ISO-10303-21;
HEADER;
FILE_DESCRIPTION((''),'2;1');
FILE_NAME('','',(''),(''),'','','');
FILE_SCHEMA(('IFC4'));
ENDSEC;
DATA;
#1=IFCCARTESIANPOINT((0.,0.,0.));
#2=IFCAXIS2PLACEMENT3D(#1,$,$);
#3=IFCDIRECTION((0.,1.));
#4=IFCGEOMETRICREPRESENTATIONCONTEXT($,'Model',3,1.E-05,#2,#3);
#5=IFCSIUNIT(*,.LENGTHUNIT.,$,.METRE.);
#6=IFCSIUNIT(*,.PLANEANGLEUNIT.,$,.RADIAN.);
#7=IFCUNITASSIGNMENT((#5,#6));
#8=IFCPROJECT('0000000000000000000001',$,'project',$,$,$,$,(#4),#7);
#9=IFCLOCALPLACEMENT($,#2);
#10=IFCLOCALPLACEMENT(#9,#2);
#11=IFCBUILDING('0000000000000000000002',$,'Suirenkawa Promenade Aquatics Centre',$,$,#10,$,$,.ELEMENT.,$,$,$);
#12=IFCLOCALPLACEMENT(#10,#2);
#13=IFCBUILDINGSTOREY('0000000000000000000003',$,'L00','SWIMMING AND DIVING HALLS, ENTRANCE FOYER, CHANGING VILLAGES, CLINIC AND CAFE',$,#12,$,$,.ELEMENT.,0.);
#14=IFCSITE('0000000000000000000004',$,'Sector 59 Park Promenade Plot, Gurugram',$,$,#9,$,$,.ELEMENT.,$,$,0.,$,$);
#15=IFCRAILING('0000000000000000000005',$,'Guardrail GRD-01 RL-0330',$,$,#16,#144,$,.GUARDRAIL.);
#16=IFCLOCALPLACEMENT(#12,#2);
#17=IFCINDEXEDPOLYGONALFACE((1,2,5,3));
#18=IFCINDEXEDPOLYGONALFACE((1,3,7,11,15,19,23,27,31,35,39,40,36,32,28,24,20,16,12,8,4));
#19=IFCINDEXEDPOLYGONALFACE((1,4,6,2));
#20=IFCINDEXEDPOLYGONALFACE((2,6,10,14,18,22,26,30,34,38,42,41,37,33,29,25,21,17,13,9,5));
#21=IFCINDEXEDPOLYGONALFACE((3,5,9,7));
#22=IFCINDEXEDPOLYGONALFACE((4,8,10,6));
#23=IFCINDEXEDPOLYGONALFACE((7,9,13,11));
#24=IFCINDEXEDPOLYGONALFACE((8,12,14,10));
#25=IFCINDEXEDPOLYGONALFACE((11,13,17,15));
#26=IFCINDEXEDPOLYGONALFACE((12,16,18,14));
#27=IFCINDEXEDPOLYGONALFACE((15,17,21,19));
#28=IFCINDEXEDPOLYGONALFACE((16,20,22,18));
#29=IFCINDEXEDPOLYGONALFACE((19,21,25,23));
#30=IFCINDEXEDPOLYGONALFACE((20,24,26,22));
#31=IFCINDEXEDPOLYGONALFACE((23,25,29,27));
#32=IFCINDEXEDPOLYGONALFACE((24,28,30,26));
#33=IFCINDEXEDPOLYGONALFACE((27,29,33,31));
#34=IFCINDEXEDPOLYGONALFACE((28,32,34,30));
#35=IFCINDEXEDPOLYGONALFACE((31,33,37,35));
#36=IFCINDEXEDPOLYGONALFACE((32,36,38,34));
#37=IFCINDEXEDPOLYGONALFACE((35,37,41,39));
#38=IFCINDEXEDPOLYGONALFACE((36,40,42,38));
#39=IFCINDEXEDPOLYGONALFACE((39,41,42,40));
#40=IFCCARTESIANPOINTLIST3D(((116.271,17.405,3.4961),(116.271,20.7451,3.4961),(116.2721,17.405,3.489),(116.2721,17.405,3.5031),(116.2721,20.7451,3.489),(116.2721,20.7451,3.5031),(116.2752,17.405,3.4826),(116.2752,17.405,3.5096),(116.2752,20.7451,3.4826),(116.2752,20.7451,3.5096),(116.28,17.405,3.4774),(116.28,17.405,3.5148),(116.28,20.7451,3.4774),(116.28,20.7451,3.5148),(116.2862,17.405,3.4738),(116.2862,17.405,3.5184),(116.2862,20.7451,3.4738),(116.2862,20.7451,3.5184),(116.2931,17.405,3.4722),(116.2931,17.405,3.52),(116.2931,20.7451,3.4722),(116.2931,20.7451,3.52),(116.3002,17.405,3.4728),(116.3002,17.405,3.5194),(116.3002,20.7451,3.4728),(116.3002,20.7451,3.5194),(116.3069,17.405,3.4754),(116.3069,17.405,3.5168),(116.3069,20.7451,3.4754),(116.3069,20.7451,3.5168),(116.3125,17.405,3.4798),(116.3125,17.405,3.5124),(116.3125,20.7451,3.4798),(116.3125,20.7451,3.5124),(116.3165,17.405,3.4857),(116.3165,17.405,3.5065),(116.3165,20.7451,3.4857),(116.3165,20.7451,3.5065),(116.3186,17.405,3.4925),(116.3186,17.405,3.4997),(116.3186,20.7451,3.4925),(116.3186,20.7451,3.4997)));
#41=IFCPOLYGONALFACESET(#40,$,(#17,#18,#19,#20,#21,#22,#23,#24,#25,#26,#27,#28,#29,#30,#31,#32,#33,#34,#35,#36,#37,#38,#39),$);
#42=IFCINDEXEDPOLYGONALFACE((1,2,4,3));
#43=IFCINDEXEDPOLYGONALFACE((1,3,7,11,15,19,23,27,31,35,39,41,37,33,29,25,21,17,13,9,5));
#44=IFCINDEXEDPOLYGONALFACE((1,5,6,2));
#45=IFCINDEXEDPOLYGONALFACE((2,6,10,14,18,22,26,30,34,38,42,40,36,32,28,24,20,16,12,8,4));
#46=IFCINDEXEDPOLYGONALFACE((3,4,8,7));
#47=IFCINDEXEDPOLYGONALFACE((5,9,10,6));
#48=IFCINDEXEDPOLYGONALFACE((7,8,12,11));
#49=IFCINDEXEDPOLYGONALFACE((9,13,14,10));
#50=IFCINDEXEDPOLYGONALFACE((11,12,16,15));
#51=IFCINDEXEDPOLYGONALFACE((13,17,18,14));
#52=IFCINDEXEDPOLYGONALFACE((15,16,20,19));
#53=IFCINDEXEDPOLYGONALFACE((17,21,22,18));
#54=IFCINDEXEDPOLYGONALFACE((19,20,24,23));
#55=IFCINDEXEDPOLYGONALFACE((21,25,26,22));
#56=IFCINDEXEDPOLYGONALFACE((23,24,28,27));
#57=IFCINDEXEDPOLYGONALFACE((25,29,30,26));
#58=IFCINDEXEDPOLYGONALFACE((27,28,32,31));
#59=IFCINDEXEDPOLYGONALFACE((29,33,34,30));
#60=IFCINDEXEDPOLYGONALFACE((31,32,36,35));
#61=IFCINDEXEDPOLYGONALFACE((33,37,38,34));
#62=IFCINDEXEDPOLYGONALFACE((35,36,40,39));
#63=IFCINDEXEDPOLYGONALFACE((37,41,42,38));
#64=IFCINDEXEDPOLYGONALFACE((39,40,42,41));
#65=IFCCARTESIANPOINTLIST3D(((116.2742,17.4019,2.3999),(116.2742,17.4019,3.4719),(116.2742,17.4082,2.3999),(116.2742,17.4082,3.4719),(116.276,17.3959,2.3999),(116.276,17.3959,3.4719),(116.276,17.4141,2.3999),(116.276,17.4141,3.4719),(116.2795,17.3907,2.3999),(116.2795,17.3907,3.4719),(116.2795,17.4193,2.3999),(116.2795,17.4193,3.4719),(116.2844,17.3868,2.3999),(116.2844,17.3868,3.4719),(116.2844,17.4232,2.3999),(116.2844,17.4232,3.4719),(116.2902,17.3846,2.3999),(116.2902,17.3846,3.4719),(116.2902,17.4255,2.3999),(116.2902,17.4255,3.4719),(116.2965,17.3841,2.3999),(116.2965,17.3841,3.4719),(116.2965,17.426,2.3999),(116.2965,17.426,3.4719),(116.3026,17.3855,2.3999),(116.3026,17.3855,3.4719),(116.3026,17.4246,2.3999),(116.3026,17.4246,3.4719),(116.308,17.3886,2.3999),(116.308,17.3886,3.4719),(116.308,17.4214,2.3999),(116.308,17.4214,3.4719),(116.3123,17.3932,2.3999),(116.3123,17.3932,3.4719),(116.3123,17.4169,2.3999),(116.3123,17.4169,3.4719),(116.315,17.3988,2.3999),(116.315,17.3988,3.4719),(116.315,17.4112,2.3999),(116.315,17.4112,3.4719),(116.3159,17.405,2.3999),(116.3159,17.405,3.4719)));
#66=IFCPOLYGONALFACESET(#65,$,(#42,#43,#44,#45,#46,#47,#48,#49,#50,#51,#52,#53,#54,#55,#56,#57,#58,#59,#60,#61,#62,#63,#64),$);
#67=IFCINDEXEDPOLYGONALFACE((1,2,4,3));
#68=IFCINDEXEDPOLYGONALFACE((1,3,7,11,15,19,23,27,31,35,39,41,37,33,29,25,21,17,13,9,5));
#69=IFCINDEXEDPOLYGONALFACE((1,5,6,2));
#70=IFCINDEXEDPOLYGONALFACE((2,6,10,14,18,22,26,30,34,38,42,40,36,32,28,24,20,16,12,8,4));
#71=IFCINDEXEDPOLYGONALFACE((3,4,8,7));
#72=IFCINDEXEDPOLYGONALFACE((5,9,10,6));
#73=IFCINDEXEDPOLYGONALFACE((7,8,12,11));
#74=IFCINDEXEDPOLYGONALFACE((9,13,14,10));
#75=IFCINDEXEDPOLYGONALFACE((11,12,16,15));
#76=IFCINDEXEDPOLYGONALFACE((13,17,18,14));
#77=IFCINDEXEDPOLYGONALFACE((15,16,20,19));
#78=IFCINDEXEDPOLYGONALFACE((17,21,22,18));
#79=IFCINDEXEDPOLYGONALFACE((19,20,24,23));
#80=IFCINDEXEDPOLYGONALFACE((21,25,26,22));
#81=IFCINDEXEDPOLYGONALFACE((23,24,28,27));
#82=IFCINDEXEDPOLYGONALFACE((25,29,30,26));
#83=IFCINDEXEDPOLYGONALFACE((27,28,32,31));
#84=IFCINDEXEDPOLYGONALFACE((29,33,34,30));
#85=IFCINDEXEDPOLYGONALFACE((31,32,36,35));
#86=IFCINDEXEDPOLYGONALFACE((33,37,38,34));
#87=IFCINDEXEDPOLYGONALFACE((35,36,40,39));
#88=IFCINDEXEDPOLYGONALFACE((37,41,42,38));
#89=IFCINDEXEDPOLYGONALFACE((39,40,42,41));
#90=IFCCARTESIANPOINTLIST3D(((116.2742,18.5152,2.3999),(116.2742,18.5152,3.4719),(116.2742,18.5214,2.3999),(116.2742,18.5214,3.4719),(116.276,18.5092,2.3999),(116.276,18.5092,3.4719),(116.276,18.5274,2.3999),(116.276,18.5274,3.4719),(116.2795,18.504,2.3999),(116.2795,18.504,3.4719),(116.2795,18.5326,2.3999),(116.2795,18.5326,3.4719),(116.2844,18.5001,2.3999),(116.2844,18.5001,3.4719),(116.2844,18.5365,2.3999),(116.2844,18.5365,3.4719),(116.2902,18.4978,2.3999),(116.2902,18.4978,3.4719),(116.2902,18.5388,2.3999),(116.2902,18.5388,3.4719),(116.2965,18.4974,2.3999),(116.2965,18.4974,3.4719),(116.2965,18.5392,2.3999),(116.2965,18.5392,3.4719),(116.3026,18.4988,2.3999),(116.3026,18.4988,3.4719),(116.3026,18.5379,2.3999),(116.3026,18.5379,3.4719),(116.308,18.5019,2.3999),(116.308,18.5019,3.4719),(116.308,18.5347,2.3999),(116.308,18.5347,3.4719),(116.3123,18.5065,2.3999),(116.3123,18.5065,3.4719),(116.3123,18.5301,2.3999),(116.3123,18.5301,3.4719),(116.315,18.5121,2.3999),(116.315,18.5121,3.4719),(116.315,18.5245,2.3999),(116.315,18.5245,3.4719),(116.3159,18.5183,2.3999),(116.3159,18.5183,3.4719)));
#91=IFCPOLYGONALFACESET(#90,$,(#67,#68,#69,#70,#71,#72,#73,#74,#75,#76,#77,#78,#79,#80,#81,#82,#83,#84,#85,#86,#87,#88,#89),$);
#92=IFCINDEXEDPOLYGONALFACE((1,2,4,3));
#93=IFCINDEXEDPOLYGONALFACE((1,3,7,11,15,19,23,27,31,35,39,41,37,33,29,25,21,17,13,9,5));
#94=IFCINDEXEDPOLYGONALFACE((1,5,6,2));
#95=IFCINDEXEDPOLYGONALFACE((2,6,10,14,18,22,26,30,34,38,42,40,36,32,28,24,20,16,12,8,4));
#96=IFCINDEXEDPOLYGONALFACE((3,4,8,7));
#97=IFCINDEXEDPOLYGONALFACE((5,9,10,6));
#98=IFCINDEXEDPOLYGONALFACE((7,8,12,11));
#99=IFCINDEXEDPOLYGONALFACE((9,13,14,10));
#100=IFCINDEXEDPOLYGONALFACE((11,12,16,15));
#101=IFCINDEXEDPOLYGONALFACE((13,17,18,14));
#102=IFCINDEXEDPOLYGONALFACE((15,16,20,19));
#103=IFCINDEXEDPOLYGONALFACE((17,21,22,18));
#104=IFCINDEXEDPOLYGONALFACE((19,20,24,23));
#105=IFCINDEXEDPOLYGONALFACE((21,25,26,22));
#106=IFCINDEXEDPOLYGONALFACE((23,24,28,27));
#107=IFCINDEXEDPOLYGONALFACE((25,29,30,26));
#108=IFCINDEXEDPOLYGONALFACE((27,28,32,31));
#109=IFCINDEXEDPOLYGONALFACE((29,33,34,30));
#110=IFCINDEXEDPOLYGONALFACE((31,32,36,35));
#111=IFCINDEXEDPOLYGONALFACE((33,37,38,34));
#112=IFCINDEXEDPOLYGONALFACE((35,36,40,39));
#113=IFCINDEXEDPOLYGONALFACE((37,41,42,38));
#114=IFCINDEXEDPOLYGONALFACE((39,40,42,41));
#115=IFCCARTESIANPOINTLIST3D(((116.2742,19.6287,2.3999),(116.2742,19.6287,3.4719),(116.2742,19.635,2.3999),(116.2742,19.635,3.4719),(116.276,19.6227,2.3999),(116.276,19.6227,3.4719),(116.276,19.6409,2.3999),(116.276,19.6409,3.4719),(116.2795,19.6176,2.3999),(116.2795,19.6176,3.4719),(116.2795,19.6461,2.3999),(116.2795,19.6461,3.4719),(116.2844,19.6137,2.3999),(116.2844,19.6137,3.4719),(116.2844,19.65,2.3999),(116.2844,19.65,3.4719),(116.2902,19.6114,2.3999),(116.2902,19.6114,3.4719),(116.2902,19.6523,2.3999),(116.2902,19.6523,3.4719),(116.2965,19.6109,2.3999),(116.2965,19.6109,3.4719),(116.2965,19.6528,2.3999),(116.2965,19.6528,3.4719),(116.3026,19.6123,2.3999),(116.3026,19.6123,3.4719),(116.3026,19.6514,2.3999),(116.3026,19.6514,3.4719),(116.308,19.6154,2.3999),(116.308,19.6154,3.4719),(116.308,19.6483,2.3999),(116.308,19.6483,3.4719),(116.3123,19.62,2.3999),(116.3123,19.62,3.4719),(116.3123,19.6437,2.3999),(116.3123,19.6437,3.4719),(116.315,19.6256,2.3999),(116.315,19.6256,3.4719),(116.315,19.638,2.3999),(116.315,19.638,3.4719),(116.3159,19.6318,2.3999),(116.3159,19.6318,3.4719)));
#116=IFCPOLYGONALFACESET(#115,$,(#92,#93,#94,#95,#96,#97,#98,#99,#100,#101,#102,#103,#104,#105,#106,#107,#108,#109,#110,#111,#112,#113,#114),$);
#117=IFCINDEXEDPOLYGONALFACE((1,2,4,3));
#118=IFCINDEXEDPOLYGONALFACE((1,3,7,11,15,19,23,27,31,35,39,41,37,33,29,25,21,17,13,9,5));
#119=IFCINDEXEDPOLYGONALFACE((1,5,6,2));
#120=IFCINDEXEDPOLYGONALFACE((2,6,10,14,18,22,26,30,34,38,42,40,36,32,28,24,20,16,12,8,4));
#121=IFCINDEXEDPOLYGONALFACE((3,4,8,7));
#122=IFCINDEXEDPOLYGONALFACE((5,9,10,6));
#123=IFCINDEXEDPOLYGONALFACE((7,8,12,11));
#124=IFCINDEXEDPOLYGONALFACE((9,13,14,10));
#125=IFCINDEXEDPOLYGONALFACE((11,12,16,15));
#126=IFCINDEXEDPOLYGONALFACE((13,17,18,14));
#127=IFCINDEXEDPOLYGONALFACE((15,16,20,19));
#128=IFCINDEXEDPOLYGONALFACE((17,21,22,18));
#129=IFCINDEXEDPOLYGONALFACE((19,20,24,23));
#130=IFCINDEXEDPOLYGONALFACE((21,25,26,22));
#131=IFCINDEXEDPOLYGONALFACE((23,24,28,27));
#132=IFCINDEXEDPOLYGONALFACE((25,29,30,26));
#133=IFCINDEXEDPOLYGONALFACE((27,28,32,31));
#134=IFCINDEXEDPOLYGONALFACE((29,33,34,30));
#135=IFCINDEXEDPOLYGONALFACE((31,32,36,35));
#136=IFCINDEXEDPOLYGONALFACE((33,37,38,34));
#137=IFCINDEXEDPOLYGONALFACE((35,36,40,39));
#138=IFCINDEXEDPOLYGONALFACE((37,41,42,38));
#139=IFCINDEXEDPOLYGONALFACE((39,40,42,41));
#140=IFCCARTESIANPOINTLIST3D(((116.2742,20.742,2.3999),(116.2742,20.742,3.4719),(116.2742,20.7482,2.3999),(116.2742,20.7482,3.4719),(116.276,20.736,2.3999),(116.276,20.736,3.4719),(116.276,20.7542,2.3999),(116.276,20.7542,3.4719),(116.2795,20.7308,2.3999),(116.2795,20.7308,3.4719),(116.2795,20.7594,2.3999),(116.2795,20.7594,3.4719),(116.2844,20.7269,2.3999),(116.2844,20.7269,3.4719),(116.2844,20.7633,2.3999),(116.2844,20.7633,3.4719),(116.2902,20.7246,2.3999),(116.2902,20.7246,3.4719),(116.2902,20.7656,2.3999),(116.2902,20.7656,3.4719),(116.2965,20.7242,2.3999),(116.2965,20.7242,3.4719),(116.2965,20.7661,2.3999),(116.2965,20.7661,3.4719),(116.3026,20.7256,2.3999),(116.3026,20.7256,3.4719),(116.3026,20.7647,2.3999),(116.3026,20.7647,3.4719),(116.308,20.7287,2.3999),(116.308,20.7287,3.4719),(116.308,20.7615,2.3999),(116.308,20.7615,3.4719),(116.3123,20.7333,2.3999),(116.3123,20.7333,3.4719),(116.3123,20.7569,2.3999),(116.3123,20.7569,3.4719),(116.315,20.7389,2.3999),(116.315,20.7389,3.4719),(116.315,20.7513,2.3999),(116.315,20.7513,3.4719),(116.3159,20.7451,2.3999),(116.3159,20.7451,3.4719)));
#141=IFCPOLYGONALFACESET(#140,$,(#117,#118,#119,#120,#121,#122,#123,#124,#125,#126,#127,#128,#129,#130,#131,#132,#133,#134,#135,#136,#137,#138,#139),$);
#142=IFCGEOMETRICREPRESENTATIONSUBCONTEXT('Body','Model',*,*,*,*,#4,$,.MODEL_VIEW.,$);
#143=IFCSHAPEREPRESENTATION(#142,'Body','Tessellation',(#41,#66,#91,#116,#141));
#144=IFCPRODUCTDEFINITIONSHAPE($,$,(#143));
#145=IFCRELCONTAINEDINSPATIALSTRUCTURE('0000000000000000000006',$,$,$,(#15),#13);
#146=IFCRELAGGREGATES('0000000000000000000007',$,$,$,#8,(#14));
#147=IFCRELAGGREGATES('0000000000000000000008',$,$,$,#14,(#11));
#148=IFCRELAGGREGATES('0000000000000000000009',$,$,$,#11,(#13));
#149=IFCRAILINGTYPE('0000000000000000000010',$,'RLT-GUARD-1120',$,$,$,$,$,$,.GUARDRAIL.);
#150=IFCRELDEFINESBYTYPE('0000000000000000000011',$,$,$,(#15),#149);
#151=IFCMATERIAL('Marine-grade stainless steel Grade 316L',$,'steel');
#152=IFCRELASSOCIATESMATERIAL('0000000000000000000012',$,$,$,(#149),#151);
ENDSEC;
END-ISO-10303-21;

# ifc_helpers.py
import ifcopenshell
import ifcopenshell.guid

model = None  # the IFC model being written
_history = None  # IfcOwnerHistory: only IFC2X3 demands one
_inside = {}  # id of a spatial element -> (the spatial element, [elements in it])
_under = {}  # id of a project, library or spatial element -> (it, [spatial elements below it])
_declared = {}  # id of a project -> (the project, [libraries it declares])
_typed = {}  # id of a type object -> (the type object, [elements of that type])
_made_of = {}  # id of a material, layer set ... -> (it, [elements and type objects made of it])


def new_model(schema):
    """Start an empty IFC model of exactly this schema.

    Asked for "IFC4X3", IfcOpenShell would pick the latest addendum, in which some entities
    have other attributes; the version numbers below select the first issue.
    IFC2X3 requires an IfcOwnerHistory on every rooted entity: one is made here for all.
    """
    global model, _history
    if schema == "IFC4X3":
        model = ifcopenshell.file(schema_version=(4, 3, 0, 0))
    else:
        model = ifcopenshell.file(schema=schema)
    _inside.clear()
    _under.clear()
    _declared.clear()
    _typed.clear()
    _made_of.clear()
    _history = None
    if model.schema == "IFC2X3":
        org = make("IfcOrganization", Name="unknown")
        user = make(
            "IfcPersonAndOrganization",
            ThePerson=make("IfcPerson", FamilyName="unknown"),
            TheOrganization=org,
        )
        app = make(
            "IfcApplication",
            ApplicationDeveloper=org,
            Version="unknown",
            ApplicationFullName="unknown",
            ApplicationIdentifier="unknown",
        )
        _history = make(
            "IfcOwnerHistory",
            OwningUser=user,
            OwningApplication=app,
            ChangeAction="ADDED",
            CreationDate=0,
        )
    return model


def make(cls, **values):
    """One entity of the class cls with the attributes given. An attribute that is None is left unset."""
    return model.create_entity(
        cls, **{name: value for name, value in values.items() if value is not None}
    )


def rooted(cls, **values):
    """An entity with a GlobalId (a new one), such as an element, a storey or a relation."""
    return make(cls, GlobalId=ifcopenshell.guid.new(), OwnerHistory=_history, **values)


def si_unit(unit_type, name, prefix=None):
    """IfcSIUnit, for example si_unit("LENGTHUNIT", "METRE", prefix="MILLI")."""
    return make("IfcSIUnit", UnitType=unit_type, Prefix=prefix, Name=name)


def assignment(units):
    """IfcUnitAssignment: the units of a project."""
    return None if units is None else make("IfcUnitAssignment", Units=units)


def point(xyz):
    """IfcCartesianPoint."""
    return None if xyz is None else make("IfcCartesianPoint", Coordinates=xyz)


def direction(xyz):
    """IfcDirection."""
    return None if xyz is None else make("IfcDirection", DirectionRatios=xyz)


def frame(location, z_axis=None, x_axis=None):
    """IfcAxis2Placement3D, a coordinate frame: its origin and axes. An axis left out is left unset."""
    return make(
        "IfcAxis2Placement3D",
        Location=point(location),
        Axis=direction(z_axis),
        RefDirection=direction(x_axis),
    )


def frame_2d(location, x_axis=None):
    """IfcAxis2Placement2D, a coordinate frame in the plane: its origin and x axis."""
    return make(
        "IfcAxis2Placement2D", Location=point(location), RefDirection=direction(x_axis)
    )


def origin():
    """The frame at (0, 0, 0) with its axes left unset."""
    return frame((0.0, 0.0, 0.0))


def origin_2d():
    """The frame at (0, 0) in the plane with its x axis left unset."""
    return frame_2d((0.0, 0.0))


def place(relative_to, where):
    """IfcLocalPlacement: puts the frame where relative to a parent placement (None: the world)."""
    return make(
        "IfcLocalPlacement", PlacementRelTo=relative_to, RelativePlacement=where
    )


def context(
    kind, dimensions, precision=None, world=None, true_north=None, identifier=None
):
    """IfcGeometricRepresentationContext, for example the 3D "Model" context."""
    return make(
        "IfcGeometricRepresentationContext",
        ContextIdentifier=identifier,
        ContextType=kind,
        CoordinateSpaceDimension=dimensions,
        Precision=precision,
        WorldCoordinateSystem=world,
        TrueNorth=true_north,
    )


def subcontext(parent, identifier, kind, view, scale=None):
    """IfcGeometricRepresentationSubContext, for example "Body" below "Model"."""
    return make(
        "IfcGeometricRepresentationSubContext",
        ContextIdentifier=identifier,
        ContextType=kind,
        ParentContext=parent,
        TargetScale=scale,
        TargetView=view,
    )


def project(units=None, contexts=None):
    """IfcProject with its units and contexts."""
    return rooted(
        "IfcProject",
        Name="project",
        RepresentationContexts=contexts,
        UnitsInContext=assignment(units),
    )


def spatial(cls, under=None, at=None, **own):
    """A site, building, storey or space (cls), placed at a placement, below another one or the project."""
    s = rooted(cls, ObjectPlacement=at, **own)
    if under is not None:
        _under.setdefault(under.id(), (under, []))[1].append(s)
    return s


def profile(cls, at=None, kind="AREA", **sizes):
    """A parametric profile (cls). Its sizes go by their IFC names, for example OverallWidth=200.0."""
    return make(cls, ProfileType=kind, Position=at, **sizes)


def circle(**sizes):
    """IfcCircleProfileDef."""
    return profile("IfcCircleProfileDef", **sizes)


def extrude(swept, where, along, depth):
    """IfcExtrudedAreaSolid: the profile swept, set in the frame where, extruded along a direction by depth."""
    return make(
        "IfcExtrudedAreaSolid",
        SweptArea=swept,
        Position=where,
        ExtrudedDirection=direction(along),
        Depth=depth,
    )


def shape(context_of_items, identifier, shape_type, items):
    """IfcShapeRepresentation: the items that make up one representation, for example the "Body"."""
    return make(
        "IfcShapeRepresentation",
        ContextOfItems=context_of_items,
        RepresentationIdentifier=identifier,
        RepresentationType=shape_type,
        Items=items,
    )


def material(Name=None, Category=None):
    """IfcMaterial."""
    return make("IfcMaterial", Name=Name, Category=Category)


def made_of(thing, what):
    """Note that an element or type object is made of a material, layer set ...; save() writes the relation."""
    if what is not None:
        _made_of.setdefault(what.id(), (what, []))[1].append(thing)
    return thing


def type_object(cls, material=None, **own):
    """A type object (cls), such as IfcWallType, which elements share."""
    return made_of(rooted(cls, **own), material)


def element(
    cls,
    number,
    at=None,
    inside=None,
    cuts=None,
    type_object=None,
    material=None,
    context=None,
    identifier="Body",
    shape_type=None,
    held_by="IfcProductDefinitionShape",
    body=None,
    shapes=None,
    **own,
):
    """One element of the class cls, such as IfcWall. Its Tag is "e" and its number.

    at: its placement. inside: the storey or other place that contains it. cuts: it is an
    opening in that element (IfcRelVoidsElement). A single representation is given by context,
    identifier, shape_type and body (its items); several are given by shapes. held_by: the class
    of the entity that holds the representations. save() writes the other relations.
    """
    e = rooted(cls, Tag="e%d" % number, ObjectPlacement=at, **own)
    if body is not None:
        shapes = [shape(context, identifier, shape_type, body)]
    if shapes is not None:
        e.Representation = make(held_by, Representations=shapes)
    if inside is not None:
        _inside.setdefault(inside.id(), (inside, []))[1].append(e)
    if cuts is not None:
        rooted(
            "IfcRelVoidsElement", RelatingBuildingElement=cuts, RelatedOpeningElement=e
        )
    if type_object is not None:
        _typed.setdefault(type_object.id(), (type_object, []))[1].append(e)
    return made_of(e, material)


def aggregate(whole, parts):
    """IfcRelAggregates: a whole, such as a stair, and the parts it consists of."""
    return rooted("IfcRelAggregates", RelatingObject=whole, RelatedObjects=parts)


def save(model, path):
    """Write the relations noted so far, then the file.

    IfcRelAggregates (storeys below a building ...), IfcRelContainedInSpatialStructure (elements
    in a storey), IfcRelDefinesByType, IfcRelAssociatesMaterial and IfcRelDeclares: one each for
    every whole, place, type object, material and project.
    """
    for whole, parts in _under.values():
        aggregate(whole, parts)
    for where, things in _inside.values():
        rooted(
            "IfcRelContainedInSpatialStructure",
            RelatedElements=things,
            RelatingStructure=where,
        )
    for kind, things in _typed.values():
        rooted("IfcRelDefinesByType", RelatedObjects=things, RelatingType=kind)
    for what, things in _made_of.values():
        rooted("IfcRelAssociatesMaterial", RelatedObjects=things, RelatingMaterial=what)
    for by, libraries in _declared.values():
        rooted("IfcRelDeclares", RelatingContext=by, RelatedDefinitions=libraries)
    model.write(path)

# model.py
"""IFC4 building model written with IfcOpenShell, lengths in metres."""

from ifc_helpers import new_model, si_unit, direction, frame, origin, origin_2d, place, context, subcontext, project, spatial, circle, extrude, material, type_object, element, save


model = new_model("IFC4")

# Units and contexts
model_context = context("Model", 3, precision=1e-05, world=origin(), true_north=direction((0.0, 1.0)))
body_context = subcontext(model_context, "Body", "Model", "MODEL_VIEW")
ifc_project = project(units=[si_unit("LENGTHUNIT", "METRE"), si_unit("PLANEANGLEUNIT", "RADIAN")], contexts=[model_context])

# Site, building, storey
site_placement = place(None, origin())
site = spatial("IfcSite", under=ifc_project, at=site_placement, Name="Sector 59 Park Promenade Plot, Gurugram", CompositionType="ELEMENT", RefElevation=0.0)
building_placement = place(site_placement, origin())
building = spatial("IfcBuilding", under=site, at=building_placement, Name="Suirenkawa Promenade Aquatics Centre", CompositionType="ELEMENT")
storey_placement = place(building_placement, origin())
storey = spatial("IfcBuildingStorey", under=building, at=storey_placement, Name="L00", Description="SWIMMING AND DIVING HALLS, ENTRANCE FOYER, CHANGING VILLAGES, CLINIC AND CAFE", CompositionType="ELEMENT", Elevation=0.0)

# Railing
ifc_material_1 = material(Name="Marine-grade stainless steel Grade 316L", Category="steel")
railing_type_1 = type_object("IfcRailingType", Name="RLT-GUARD-1120", PredefinedType="GUARDRAIL", material=ifc_material_1)
for number, where, name in (
    (1, (116.2949, 17.405, 2.3999), "Guardrail GRD-01 RL-0330"),
):
    element("IfcRailing", number, at=place(storey_placement, frame(where)), inside=storey, type_object=railing_type_1, Name=name, PredefinedType="GUARDRAIL", context=body_context, shape_type="SweptSolid", body=[
        extrude(circle(Radius=0.0239, at=origin_2d()), frame((0.0, 0.0, 1.0962), z_axis=(0.0, 1.0, 0.0), x_axis=(-1.0, 0.0, 0.0)), (0.0, 0.0, 1.0), 3.3401),
        extrude(circle(Radius=0.021, at=origin_2d()), origin(), (0.0, 0.0, 1.0), 1.072),
        extrude(circle(Radius=0.021, at=origin_2d()), frame((0.0, 1.1133, 0.0)), (0.0, 0.0, 1.0), 1.072),
        extrude(circle(Radius=0.021, at=origin_2d()), frame((0.0, 2.2268, 0.0)), (0.0, 0.0, 1.0), 1.072),
        extrude(circle(Radius=0.021, at=origin_2d()), frame((0.0, 3.3401, 0.0)), (0.0, 0.0, 1.0), 1.072),
    ])

save(model, "model.ifc")
